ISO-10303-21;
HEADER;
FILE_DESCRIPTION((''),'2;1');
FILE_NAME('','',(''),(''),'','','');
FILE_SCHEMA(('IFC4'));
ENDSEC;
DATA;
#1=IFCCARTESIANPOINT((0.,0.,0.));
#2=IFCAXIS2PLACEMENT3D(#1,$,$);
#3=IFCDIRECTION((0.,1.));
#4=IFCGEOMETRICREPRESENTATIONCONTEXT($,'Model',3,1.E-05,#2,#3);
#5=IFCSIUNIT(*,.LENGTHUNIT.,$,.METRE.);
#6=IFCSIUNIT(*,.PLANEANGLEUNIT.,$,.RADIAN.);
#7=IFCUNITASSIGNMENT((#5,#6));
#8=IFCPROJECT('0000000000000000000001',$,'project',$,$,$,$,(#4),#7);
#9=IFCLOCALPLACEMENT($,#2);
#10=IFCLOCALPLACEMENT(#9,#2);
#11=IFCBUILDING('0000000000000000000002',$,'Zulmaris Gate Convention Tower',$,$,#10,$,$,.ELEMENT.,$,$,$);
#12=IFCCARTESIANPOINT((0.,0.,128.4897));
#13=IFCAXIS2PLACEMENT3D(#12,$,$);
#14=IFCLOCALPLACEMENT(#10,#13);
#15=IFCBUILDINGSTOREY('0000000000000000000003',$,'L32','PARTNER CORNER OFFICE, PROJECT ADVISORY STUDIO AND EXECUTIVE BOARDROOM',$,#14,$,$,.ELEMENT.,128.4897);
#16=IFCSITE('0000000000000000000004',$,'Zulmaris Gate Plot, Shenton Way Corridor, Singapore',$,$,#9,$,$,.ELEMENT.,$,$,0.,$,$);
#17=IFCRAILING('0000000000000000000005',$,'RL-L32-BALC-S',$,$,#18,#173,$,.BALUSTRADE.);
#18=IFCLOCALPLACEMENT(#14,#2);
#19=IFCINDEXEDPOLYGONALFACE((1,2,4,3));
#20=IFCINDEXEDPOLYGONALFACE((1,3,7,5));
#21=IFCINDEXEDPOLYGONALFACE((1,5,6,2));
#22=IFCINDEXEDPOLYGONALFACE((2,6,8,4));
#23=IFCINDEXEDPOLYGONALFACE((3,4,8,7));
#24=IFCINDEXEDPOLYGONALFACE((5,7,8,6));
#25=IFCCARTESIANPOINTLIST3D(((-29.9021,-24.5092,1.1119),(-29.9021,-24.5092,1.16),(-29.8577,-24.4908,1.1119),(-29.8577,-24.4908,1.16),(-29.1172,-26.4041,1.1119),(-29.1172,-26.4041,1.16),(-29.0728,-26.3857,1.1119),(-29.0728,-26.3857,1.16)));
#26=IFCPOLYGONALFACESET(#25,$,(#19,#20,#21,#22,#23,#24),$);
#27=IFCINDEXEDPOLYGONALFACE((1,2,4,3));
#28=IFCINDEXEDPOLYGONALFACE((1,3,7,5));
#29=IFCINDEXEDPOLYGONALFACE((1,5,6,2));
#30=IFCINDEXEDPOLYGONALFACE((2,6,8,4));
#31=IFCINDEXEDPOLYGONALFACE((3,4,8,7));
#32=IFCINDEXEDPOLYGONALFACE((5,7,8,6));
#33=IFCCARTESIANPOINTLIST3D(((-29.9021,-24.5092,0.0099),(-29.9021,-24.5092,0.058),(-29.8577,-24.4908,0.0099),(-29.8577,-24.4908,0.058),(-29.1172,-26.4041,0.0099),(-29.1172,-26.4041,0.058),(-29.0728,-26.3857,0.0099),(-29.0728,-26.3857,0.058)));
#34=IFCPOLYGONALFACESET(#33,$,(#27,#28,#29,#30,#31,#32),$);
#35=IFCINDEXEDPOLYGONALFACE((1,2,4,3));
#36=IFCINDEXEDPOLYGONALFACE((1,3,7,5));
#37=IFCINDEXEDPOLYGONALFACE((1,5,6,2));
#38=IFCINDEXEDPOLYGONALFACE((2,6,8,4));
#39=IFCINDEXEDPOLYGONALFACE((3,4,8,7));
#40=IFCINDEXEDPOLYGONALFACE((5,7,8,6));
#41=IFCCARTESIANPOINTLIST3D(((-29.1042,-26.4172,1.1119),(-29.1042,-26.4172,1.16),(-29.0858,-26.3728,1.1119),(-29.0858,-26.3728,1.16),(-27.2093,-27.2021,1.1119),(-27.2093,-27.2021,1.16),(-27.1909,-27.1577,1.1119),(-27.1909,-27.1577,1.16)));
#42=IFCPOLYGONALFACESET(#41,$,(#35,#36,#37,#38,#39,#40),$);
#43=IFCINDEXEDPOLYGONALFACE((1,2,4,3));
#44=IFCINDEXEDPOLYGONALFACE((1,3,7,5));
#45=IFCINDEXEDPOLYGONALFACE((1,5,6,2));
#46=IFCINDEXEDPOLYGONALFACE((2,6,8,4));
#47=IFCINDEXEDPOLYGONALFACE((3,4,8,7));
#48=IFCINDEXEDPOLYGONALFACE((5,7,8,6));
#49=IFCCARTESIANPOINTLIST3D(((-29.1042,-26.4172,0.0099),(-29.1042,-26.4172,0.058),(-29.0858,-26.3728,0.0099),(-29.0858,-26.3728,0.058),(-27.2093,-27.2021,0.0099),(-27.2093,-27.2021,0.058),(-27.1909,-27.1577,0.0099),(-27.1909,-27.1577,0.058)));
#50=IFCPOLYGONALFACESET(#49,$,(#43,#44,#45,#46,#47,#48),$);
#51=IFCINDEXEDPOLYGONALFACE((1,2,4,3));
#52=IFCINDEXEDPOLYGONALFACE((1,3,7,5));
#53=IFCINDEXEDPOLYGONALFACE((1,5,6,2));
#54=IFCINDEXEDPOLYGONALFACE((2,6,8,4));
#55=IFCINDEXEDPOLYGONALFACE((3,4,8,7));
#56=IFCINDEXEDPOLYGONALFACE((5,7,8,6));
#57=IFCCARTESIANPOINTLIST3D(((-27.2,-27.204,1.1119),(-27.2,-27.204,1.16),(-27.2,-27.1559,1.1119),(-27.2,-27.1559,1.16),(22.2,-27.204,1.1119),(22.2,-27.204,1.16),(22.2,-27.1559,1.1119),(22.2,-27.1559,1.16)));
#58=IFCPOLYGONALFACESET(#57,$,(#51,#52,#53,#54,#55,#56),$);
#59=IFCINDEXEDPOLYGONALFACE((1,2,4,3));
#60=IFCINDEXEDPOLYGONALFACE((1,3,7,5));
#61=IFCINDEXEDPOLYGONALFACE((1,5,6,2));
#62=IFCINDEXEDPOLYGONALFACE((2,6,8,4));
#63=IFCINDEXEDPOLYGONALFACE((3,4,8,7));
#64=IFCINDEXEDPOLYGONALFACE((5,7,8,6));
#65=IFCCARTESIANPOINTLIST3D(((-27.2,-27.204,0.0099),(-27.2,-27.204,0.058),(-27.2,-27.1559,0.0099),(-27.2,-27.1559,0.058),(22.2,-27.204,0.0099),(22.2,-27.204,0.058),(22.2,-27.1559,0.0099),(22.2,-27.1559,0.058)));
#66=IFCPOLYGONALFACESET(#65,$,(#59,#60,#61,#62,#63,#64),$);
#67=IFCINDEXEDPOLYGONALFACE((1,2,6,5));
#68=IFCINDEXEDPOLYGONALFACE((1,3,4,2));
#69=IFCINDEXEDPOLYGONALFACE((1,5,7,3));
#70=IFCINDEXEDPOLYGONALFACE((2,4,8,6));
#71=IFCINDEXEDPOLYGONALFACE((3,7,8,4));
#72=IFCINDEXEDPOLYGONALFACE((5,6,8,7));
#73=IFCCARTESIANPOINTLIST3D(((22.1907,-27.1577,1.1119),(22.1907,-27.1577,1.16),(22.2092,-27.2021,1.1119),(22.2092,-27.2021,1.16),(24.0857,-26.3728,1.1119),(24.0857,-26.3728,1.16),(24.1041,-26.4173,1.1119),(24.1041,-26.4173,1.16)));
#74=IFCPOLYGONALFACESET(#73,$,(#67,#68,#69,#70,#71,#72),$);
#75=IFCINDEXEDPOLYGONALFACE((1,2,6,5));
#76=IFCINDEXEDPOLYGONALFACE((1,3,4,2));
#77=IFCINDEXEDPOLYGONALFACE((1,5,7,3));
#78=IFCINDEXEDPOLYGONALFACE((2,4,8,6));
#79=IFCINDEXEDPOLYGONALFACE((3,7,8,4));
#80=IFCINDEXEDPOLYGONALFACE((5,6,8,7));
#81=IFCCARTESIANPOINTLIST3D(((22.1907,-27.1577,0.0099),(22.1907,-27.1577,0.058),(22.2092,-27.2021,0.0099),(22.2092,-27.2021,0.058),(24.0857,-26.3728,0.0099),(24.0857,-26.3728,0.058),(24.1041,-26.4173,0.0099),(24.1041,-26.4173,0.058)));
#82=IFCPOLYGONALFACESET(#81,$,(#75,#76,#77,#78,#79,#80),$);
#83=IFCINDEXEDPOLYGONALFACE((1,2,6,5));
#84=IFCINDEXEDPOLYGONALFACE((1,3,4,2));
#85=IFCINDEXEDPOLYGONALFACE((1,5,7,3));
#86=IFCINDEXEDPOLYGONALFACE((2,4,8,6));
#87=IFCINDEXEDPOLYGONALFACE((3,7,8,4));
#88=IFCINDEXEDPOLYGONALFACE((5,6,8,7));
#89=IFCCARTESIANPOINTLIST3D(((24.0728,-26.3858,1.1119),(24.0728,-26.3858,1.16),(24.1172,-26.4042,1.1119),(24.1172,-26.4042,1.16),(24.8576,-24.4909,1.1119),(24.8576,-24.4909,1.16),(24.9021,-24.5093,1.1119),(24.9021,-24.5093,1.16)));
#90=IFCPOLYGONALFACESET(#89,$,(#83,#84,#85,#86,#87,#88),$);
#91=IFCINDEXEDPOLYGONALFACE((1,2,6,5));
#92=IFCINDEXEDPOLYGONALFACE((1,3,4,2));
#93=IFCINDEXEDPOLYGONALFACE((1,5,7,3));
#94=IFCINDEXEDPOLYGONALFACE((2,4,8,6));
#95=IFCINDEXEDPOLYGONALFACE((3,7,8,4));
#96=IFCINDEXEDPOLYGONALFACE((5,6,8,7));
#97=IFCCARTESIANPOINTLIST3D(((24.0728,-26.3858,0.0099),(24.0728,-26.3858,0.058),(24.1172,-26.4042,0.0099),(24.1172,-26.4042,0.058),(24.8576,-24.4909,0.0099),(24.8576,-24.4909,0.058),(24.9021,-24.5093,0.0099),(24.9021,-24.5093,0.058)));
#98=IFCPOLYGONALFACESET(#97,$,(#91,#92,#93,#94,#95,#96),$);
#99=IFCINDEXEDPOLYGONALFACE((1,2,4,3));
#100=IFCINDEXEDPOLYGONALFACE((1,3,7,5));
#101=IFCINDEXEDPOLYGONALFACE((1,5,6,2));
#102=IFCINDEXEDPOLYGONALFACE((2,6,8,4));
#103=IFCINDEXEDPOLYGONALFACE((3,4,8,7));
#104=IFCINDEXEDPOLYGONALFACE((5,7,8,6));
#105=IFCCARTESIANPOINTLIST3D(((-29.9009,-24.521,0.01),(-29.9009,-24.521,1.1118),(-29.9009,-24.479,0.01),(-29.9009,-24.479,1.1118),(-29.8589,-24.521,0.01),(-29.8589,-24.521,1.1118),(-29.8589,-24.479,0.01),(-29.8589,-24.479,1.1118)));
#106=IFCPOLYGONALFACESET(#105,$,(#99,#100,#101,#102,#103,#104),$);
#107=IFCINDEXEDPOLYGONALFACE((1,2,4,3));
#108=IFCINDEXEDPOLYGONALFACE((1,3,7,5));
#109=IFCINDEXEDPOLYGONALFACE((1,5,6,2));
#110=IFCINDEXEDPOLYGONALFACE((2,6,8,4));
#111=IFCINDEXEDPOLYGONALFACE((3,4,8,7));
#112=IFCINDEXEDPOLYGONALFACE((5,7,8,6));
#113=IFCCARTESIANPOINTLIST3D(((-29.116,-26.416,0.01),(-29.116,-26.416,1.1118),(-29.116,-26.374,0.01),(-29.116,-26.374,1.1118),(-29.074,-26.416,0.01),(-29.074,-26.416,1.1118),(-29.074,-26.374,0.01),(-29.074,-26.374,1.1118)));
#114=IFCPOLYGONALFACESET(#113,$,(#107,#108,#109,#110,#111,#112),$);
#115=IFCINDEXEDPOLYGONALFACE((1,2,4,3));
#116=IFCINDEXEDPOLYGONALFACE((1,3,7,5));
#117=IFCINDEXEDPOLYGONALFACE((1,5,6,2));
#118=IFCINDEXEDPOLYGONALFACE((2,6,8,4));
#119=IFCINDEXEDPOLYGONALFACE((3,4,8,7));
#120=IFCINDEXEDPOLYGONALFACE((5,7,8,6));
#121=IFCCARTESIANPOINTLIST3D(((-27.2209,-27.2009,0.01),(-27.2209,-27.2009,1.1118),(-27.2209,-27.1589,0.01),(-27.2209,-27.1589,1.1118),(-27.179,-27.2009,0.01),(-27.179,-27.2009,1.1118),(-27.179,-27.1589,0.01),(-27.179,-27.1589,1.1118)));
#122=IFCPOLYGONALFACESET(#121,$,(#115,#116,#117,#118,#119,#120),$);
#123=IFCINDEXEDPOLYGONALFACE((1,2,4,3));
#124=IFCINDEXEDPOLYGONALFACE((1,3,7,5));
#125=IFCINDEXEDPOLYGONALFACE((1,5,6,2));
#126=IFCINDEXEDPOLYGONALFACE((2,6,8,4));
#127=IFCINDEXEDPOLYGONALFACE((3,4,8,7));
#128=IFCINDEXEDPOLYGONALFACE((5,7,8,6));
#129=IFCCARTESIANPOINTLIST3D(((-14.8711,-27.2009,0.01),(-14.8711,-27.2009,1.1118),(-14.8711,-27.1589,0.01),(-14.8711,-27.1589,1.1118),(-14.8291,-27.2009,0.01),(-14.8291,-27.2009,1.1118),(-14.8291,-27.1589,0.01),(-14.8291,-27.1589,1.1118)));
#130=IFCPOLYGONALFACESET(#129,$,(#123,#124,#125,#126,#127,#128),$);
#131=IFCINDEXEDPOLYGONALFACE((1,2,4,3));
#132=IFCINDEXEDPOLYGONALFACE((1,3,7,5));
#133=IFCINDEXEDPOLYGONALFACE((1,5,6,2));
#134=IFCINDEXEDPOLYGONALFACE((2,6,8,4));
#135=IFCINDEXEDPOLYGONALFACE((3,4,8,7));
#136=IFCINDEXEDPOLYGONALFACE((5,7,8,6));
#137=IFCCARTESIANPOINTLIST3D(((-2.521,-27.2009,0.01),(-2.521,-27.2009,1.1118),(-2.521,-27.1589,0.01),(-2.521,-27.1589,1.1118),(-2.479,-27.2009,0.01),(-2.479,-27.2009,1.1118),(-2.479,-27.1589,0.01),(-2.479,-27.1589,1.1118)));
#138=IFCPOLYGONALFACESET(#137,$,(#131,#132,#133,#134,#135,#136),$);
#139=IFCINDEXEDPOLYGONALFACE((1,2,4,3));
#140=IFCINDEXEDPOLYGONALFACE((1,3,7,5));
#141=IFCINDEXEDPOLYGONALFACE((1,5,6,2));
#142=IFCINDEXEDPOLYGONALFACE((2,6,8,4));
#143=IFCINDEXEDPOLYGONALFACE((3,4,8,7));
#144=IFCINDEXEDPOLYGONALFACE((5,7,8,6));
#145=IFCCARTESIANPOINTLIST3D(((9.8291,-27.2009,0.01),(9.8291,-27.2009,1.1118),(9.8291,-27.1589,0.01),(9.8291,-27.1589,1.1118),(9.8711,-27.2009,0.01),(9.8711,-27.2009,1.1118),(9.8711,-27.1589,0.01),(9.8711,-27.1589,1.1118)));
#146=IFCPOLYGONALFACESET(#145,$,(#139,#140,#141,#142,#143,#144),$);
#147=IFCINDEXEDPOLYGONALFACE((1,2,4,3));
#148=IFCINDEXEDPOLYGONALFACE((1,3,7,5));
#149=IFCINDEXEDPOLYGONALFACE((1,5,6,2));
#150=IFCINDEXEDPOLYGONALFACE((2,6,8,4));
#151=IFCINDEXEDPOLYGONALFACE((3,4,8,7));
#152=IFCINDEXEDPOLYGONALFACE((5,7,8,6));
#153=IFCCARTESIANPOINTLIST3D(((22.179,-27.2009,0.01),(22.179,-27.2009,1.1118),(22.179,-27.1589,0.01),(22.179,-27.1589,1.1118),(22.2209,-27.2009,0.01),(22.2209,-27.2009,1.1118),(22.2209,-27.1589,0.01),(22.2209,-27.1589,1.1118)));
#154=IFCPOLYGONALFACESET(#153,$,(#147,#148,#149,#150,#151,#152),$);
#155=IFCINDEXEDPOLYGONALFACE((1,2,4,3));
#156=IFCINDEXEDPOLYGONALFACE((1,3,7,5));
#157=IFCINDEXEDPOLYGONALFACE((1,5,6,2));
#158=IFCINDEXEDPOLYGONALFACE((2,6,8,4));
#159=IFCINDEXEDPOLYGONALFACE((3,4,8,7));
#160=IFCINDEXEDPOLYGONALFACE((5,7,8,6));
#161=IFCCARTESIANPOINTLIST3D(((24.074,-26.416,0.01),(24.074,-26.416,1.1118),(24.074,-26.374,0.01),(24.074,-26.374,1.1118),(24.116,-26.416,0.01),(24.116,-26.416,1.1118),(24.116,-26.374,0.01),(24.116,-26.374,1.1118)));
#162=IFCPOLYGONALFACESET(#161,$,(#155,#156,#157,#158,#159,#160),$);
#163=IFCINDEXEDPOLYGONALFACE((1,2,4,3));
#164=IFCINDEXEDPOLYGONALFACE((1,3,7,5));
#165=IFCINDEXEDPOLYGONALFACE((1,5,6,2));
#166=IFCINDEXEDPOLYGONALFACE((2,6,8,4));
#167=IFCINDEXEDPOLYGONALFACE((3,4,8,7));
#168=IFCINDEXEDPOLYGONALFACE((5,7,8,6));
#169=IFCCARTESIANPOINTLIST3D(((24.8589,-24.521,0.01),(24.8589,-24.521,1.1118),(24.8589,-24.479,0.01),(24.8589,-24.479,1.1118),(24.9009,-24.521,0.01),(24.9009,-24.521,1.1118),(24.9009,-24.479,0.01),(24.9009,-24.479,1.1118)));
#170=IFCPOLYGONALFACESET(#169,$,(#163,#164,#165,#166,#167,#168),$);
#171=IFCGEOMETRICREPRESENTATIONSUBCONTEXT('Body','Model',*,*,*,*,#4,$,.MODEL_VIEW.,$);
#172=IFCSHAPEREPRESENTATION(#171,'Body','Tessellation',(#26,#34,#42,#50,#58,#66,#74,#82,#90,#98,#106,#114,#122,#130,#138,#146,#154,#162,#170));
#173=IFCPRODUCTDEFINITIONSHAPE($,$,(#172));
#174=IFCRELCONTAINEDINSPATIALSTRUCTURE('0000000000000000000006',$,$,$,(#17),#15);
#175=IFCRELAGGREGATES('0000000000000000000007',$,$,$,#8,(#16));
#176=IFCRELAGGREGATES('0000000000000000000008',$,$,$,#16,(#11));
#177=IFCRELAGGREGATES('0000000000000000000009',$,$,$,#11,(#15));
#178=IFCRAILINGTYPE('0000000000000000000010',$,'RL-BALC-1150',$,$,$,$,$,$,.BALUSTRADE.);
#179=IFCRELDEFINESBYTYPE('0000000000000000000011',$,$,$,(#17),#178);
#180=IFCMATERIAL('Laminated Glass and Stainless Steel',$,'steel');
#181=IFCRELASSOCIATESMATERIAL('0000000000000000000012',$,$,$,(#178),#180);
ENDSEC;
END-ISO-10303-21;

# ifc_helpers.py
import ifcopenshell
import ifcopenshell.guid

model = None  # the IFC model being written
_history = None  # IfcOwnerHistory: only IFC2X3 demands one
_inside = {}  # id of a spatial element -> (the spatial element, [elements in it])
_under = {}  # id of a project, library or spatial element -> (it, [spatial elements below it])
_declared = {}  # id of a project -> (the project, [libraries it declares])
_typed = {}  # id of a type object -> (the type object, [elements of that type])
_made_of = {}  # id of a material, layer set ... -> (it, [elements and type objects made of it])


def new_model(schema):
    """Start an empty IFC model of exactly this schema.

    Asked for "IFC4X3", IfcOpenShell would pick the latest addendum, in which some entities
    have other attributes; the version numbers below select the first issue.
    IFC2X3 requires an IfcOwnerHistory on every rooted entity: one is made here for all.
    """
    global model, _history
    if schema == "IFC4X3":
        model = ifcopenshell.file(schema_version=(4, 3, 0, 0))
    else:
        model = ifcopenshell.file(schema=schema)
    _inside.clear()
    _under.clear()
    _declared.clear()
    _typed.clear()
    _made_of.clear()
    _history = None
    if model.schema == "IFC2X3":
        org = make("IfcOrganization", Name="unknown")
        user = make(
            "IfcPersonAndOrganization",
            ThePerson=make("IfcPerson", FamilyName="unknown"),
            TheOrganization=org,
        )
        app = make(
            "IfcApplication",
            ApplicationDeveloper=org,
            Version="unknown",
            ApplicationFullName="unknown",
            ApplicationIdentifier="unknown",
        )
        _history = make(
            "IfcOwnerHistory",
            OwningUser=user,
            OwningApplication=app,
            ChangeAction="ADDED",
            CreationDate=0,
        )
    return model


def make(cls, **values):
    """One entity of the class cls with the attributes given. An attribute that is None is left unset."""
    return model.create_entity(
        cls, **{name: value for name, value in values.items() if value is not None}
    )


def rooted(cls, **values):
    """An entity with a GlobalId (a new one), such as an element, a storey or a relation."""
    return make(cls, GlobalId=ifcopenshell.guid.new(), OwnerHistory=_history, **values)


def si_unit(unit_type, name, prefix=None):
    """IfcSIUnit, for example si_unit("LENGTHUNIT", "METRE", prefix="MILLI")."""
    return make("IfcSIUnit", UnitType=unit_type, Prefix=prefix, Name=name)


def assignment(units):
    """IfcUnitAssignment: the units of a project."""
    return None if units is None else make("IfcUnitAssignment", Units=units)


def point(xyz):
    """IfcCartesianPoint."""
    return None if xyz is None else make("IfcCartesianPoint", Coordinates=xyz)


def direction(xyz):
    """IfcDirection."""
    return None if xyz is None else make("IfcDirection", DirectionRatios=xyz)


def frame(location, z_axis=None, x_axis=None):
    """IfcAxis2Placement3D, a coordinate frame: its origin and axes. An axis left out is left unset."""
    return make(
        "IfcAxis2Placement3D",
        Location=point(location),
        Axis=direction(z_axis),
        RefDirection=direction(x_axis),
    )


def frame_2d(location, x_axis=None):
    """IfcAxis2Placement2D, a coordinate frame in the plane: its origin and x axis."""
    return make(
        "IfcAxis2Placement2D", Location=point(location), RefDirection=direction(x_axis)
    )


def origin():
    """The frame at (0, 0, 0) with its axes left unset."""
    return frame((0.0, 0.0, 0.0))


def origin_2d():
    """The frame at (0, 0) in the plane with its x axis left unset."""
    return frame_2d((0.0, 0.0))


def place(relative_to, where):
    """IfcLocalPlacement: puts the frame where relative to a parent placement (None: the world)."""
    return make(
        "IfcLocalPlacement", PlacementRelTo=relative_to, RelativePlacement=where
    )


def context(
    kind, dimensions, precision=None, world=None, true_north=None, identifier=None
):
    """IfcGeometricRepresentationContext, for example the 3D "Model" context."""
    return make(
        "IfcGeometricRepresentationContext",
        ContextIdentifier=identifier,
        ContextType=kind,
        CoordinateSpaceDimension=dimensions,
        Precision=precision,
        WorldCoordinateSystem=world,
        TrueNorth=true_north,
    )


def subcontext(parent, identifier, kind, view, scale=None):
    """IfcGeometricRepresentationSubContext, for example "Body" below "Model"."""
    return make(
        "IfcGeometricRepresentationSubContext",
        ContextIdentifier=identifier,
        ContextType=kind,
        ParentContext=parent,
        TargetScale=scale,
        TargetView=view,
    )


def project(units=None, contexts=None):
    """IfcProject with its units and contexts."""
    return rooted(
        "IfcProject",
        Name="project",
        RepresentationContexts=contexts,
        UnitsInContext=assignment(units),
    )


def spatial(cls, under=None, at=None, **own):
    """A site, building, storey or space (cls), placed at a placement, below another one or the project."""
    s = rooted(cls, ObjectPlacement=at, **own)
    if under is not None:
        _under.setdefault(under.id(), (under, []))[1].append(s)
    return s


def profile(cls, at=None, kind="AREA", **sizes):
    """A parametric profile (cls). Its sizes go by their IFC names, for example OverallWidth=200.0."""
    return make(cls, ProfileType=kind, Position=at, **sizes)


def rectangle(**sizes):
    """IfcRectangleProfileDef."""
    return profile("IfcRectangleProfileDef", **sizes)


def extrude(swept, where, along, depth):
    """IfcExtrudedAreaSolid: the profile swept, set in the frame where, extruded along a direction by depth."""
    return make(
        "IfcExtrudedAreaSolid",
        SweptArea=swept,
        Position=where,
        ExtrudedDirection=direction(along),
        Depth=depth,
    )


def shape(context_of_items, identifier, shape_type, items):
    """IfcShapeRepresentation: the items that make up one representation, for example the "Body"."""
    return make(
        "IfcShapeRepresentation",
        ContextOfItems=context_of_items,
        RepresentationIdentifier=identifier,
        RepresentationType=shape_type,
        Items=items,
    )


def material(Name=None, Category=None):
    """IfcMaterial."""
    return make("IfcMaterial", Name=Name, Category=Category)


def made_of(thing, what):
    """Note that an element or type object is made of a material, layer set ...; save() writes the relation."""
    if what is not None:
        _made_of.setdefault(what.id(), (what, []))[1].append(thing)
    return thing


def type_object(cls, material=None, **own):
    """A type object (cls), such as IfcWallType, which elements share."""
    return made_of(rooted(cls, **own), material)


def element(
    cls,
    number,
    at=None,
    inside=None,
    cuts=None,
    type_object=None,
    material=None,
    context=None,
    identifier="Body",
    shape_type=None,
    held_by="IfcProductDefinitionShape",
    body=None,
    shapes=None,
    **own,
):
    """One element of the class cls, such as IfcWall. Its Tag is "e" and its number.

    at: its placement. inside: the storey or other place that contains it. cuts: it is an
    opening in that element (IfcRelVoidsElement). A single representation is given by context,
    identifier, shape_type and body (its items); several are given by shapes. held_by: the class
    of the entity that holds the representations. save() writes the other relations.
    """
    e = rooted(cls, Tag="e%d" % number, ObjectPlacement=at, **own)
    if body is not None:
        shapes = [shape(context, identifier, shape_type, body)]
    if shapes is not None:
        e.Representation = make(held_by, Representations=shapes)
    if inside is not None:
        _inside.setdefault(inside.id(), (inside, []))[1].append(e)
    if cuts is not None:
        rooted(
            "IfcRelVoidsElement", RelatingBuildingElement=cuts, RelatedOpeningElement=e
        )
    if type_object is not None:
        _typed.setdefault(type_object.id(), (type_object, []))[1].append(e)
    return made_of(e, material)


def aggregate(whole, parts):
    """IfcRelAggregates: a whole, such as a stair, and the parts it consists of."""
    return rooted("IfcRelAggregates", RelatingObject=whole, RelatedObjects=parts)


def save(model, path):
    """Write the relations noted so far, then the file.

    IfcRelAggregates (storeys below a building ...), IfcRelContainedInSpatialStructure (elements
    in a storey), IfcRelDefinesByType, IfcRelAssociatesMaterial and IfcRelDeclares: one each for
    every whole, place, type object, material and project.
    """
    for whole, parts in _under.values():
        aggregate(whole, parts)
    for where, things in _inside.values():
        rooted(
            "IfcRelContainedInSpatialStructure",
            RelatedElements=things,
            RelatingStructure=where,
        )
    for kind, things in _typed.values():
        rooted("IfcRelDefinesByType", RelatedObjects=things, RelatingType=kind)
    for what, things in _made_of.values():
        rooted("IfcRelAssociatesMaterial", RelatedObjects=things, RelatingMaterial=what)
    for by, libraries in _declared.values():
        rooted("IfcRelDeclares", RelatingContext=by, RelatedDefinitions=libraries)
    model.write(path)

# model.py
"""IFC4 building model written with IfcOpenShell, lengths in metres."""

from ifc_helpers import new_model, si_unit, direction, frame, origin, origin_2d, place, context, subcontext, project, spatial, rectangle, extrude, material, type_object, element, save


model = new_model("IFC4")

# Units and contexts
model_context = context("Model", 3, precision=1e-05, world=origin(), true_north=direction((0.0, 1.0)))
body_context = subcontext(model_context, "Body", "Model", "MODEL_VIEW")
ifc_project = project(units=[si_unit("LENGTHUNIT", "METRE"), si_unit("PLANEANGLEUNIT", "RADIAN")], contexts=[model_context])

# Site, building, storey
site_placement = place(None, origin())
site = spatial("IfcSite", under=ifc_project, at=site_placement, Name="Zulmaris Gate Plot, Shenton Way Corridor, Singapore", CompositionType="ELEMENT", RefElevation=0.0)
building_placement = place(site_placement, origin())
building = spatial("IfcBuilding", under=site, at=building_placement, Name="Zulmaris Gate Convention Tower", CompositionType="ELEMENT")
storey_placement = place(building_placement, frame((0.0, 0.0, 128.4897)))
storey = spatial("IfcBuildingStorey", under=building, at=storey_placement, Name="L32", Description="PARTNER CORNER OFFICE, PROJECT ADVISORY STUDIO AND EXECUTIVE BOARDROOM", CompositionType="ELEMENT", Elevation=128.4897)

# Railing
ifc_material_1 = material(Name="Laminated Glass and Stainless Steel", Category="steel")
railing_type = type_object("IfcRailingType", Name="RL-BALC-1150", PredefinedType="BALUSTRADE", material=ifc_material_1)
railing_placement = place(storey_placement, frame((-29.8799, -24.5, 0.01)))
element("IfcRailing", 1, at=railing_placement, inside=storey, type_object=railing_type, Name="RL-L32-BALC-S", PredefinedType="BALUSTRADE", context=body_context, shape_type="SweptSolid", body=[
    extrude(rectangle(XDim=0.0481, YDim=0.0481, at=origin_2d()), frame((0.0, 0.0, 1.126), z_axis=(0.382671, -0.923885, 0.0), x_axis=(0.923885, 0.382671, 0.0)), (0.0, 0.0, 1.0), 2.051),
    extrude(rectangle(XDim=0.0481, YDim=0.0481, at=origin_2d()), frame((0.0, 0.0, 0.0239), z_axis=(0.382671, -0.923885, 0.0), x_axis=(0.923885, 0.382671, 0.0)), (0.0, 0.0, 1.0), 2.051),
    extrude(rectangle(XDim=0.0481, YDim=0.0481, at=origin_2d()), frame((0.7849, -1.895, 1.126), z_axis=(0.923885, -0.382671, 0.0), x_axis=(0.382671, 0.923885, 0.0)), (0.0, 0.0, 1.0), 2.051),
    extrude(rectangle(XDim=0.0481, YDim=0.0481, at=origin_2d()), frame((0.7849, -1.895, 0.0239), z_axis=(0.923885, -0.382671, 0.0), x_axis=(0.382671, 0.923885, 0.0)), (0.0, 0.0, 1.0), 2.051),
    extrude(rectangle(XDim=0.0481, YDim=0.0481, at=origin_2d()), frame((2.6799, -2.6799, 1.126), z_axis=(1.0, 0.0, 0.0), x_axis=(0.0, 1.0, 0.0)), (0.0, 0.0, 1.0), 49.3999),
    extrude(rectangle(XDim=0.0481, YDim=0.0481, at=origin_2d()), frame((2.6799, -2.6799, 0.0239), z_axis=(1.0, 0.0, 0.0), x_axis=(0.0, 1.0, 0.0)), (0.0, 0.0, 1.0), 49.3999),
    extrude(rectangle(XDim=0.0481, YDim=0.0481, at=origin_2d()), frame((52.0798, -2.6799, 1.126), z_axis=(0.923885, 0.382671, 0.0), x_axis=(-0.382671, 0.923885, 0.0)), (0.0, 0.0, 1.0), 2.051),
    extrude(rectangle(XDim=0.0481, YDim=0.0481, at=origin_2d()), frame((52.0798, -2.6799, 0.0239), z_axis=(0.923885, 0.382671, 0.0), x_axis=(-0.382671, 0.923885, 0.0)), (0.0, 0.0, 1.0), 2.051),
    extrude(rectangle(XDim=0.0481, YDim=0.0481, at=origin_2d()), frame((53.9749, -1.895, 1.126), z_axis=(0.382671, 0.923885, 0.0), x_axis=(-0.923885, 0.382671, 0.0)), (0.0, 0.0, 1.0), 2.051),
    extrude(rectangle(XDim=0.0481, YDim=0.0481, at=origin_2d()), frame((53.9749, -1.895, 0.0239), z_axis=(0.382671, 0.923885, 0.0), x_axis=(-0.923885, 0.382671, 0.0)), (0.0, 0.0, 1.0), 2.051),
    extrude(rectangle(XDim=0.042, YDim=0.042, at=origin_2d()), origin(), (0.0, 0.0, 1.0), 1.1018),
    extrude(rectangle(XDim=0.042, YDim=0.042, at=origin_2d()), frame((0.7849, -1.895, 0.0)), (0.0, 0.0, 1.0), 1.1018),
    extrude(rectangle(XDim=0.042, YDim=0.042, at=origin_2d()), frame((2.6799, -2.6799, 0.0)), (0.0, 0.0, 1.0), 1.1018),
    extrude(rectangle(XDim=0.042, YDim=0.042, at=origin_2d()), frame((15.0298, -2.6799, 0.0)), (0.0, 0.0, 1.0), 1.1018),
    extrude(rectangle(XDim=0.042, YDim=0.042, at=origin_2d()), frame((27.3799, -2.6799, 0.0)), (0.0, 0.0, 1.0), 1.1018),
    extrude(rectangle(XDim=0.042, YDim=0.042, at=origin_2d()), frame((39.73, -2.6799, 0.0)), (0.0, 0.0, 1.0), 1.1018),
    extrude(rectangle(XDim=0.042, YDim=0.042, at=origin_2d()), frame((52.0798, -2.6799, 0.0)), (0.0, 0.0, 1.0), 1.1018),
    extrude(rectangle(XDim=0.042, YDim=0.042, at=origin_2d()), frame((53.9749, -1.895, 0.0)), (0.0, 0.0, 1.0), 1.1018),
    extrude(rectangle(XDim=0.042, YDim=0.042, at=origin_2d()), frame((54.7598, 0.0, 0.0)), (0.0, 0.0, 1.0), 1.1018),
])

save(model, "model.ifc")
